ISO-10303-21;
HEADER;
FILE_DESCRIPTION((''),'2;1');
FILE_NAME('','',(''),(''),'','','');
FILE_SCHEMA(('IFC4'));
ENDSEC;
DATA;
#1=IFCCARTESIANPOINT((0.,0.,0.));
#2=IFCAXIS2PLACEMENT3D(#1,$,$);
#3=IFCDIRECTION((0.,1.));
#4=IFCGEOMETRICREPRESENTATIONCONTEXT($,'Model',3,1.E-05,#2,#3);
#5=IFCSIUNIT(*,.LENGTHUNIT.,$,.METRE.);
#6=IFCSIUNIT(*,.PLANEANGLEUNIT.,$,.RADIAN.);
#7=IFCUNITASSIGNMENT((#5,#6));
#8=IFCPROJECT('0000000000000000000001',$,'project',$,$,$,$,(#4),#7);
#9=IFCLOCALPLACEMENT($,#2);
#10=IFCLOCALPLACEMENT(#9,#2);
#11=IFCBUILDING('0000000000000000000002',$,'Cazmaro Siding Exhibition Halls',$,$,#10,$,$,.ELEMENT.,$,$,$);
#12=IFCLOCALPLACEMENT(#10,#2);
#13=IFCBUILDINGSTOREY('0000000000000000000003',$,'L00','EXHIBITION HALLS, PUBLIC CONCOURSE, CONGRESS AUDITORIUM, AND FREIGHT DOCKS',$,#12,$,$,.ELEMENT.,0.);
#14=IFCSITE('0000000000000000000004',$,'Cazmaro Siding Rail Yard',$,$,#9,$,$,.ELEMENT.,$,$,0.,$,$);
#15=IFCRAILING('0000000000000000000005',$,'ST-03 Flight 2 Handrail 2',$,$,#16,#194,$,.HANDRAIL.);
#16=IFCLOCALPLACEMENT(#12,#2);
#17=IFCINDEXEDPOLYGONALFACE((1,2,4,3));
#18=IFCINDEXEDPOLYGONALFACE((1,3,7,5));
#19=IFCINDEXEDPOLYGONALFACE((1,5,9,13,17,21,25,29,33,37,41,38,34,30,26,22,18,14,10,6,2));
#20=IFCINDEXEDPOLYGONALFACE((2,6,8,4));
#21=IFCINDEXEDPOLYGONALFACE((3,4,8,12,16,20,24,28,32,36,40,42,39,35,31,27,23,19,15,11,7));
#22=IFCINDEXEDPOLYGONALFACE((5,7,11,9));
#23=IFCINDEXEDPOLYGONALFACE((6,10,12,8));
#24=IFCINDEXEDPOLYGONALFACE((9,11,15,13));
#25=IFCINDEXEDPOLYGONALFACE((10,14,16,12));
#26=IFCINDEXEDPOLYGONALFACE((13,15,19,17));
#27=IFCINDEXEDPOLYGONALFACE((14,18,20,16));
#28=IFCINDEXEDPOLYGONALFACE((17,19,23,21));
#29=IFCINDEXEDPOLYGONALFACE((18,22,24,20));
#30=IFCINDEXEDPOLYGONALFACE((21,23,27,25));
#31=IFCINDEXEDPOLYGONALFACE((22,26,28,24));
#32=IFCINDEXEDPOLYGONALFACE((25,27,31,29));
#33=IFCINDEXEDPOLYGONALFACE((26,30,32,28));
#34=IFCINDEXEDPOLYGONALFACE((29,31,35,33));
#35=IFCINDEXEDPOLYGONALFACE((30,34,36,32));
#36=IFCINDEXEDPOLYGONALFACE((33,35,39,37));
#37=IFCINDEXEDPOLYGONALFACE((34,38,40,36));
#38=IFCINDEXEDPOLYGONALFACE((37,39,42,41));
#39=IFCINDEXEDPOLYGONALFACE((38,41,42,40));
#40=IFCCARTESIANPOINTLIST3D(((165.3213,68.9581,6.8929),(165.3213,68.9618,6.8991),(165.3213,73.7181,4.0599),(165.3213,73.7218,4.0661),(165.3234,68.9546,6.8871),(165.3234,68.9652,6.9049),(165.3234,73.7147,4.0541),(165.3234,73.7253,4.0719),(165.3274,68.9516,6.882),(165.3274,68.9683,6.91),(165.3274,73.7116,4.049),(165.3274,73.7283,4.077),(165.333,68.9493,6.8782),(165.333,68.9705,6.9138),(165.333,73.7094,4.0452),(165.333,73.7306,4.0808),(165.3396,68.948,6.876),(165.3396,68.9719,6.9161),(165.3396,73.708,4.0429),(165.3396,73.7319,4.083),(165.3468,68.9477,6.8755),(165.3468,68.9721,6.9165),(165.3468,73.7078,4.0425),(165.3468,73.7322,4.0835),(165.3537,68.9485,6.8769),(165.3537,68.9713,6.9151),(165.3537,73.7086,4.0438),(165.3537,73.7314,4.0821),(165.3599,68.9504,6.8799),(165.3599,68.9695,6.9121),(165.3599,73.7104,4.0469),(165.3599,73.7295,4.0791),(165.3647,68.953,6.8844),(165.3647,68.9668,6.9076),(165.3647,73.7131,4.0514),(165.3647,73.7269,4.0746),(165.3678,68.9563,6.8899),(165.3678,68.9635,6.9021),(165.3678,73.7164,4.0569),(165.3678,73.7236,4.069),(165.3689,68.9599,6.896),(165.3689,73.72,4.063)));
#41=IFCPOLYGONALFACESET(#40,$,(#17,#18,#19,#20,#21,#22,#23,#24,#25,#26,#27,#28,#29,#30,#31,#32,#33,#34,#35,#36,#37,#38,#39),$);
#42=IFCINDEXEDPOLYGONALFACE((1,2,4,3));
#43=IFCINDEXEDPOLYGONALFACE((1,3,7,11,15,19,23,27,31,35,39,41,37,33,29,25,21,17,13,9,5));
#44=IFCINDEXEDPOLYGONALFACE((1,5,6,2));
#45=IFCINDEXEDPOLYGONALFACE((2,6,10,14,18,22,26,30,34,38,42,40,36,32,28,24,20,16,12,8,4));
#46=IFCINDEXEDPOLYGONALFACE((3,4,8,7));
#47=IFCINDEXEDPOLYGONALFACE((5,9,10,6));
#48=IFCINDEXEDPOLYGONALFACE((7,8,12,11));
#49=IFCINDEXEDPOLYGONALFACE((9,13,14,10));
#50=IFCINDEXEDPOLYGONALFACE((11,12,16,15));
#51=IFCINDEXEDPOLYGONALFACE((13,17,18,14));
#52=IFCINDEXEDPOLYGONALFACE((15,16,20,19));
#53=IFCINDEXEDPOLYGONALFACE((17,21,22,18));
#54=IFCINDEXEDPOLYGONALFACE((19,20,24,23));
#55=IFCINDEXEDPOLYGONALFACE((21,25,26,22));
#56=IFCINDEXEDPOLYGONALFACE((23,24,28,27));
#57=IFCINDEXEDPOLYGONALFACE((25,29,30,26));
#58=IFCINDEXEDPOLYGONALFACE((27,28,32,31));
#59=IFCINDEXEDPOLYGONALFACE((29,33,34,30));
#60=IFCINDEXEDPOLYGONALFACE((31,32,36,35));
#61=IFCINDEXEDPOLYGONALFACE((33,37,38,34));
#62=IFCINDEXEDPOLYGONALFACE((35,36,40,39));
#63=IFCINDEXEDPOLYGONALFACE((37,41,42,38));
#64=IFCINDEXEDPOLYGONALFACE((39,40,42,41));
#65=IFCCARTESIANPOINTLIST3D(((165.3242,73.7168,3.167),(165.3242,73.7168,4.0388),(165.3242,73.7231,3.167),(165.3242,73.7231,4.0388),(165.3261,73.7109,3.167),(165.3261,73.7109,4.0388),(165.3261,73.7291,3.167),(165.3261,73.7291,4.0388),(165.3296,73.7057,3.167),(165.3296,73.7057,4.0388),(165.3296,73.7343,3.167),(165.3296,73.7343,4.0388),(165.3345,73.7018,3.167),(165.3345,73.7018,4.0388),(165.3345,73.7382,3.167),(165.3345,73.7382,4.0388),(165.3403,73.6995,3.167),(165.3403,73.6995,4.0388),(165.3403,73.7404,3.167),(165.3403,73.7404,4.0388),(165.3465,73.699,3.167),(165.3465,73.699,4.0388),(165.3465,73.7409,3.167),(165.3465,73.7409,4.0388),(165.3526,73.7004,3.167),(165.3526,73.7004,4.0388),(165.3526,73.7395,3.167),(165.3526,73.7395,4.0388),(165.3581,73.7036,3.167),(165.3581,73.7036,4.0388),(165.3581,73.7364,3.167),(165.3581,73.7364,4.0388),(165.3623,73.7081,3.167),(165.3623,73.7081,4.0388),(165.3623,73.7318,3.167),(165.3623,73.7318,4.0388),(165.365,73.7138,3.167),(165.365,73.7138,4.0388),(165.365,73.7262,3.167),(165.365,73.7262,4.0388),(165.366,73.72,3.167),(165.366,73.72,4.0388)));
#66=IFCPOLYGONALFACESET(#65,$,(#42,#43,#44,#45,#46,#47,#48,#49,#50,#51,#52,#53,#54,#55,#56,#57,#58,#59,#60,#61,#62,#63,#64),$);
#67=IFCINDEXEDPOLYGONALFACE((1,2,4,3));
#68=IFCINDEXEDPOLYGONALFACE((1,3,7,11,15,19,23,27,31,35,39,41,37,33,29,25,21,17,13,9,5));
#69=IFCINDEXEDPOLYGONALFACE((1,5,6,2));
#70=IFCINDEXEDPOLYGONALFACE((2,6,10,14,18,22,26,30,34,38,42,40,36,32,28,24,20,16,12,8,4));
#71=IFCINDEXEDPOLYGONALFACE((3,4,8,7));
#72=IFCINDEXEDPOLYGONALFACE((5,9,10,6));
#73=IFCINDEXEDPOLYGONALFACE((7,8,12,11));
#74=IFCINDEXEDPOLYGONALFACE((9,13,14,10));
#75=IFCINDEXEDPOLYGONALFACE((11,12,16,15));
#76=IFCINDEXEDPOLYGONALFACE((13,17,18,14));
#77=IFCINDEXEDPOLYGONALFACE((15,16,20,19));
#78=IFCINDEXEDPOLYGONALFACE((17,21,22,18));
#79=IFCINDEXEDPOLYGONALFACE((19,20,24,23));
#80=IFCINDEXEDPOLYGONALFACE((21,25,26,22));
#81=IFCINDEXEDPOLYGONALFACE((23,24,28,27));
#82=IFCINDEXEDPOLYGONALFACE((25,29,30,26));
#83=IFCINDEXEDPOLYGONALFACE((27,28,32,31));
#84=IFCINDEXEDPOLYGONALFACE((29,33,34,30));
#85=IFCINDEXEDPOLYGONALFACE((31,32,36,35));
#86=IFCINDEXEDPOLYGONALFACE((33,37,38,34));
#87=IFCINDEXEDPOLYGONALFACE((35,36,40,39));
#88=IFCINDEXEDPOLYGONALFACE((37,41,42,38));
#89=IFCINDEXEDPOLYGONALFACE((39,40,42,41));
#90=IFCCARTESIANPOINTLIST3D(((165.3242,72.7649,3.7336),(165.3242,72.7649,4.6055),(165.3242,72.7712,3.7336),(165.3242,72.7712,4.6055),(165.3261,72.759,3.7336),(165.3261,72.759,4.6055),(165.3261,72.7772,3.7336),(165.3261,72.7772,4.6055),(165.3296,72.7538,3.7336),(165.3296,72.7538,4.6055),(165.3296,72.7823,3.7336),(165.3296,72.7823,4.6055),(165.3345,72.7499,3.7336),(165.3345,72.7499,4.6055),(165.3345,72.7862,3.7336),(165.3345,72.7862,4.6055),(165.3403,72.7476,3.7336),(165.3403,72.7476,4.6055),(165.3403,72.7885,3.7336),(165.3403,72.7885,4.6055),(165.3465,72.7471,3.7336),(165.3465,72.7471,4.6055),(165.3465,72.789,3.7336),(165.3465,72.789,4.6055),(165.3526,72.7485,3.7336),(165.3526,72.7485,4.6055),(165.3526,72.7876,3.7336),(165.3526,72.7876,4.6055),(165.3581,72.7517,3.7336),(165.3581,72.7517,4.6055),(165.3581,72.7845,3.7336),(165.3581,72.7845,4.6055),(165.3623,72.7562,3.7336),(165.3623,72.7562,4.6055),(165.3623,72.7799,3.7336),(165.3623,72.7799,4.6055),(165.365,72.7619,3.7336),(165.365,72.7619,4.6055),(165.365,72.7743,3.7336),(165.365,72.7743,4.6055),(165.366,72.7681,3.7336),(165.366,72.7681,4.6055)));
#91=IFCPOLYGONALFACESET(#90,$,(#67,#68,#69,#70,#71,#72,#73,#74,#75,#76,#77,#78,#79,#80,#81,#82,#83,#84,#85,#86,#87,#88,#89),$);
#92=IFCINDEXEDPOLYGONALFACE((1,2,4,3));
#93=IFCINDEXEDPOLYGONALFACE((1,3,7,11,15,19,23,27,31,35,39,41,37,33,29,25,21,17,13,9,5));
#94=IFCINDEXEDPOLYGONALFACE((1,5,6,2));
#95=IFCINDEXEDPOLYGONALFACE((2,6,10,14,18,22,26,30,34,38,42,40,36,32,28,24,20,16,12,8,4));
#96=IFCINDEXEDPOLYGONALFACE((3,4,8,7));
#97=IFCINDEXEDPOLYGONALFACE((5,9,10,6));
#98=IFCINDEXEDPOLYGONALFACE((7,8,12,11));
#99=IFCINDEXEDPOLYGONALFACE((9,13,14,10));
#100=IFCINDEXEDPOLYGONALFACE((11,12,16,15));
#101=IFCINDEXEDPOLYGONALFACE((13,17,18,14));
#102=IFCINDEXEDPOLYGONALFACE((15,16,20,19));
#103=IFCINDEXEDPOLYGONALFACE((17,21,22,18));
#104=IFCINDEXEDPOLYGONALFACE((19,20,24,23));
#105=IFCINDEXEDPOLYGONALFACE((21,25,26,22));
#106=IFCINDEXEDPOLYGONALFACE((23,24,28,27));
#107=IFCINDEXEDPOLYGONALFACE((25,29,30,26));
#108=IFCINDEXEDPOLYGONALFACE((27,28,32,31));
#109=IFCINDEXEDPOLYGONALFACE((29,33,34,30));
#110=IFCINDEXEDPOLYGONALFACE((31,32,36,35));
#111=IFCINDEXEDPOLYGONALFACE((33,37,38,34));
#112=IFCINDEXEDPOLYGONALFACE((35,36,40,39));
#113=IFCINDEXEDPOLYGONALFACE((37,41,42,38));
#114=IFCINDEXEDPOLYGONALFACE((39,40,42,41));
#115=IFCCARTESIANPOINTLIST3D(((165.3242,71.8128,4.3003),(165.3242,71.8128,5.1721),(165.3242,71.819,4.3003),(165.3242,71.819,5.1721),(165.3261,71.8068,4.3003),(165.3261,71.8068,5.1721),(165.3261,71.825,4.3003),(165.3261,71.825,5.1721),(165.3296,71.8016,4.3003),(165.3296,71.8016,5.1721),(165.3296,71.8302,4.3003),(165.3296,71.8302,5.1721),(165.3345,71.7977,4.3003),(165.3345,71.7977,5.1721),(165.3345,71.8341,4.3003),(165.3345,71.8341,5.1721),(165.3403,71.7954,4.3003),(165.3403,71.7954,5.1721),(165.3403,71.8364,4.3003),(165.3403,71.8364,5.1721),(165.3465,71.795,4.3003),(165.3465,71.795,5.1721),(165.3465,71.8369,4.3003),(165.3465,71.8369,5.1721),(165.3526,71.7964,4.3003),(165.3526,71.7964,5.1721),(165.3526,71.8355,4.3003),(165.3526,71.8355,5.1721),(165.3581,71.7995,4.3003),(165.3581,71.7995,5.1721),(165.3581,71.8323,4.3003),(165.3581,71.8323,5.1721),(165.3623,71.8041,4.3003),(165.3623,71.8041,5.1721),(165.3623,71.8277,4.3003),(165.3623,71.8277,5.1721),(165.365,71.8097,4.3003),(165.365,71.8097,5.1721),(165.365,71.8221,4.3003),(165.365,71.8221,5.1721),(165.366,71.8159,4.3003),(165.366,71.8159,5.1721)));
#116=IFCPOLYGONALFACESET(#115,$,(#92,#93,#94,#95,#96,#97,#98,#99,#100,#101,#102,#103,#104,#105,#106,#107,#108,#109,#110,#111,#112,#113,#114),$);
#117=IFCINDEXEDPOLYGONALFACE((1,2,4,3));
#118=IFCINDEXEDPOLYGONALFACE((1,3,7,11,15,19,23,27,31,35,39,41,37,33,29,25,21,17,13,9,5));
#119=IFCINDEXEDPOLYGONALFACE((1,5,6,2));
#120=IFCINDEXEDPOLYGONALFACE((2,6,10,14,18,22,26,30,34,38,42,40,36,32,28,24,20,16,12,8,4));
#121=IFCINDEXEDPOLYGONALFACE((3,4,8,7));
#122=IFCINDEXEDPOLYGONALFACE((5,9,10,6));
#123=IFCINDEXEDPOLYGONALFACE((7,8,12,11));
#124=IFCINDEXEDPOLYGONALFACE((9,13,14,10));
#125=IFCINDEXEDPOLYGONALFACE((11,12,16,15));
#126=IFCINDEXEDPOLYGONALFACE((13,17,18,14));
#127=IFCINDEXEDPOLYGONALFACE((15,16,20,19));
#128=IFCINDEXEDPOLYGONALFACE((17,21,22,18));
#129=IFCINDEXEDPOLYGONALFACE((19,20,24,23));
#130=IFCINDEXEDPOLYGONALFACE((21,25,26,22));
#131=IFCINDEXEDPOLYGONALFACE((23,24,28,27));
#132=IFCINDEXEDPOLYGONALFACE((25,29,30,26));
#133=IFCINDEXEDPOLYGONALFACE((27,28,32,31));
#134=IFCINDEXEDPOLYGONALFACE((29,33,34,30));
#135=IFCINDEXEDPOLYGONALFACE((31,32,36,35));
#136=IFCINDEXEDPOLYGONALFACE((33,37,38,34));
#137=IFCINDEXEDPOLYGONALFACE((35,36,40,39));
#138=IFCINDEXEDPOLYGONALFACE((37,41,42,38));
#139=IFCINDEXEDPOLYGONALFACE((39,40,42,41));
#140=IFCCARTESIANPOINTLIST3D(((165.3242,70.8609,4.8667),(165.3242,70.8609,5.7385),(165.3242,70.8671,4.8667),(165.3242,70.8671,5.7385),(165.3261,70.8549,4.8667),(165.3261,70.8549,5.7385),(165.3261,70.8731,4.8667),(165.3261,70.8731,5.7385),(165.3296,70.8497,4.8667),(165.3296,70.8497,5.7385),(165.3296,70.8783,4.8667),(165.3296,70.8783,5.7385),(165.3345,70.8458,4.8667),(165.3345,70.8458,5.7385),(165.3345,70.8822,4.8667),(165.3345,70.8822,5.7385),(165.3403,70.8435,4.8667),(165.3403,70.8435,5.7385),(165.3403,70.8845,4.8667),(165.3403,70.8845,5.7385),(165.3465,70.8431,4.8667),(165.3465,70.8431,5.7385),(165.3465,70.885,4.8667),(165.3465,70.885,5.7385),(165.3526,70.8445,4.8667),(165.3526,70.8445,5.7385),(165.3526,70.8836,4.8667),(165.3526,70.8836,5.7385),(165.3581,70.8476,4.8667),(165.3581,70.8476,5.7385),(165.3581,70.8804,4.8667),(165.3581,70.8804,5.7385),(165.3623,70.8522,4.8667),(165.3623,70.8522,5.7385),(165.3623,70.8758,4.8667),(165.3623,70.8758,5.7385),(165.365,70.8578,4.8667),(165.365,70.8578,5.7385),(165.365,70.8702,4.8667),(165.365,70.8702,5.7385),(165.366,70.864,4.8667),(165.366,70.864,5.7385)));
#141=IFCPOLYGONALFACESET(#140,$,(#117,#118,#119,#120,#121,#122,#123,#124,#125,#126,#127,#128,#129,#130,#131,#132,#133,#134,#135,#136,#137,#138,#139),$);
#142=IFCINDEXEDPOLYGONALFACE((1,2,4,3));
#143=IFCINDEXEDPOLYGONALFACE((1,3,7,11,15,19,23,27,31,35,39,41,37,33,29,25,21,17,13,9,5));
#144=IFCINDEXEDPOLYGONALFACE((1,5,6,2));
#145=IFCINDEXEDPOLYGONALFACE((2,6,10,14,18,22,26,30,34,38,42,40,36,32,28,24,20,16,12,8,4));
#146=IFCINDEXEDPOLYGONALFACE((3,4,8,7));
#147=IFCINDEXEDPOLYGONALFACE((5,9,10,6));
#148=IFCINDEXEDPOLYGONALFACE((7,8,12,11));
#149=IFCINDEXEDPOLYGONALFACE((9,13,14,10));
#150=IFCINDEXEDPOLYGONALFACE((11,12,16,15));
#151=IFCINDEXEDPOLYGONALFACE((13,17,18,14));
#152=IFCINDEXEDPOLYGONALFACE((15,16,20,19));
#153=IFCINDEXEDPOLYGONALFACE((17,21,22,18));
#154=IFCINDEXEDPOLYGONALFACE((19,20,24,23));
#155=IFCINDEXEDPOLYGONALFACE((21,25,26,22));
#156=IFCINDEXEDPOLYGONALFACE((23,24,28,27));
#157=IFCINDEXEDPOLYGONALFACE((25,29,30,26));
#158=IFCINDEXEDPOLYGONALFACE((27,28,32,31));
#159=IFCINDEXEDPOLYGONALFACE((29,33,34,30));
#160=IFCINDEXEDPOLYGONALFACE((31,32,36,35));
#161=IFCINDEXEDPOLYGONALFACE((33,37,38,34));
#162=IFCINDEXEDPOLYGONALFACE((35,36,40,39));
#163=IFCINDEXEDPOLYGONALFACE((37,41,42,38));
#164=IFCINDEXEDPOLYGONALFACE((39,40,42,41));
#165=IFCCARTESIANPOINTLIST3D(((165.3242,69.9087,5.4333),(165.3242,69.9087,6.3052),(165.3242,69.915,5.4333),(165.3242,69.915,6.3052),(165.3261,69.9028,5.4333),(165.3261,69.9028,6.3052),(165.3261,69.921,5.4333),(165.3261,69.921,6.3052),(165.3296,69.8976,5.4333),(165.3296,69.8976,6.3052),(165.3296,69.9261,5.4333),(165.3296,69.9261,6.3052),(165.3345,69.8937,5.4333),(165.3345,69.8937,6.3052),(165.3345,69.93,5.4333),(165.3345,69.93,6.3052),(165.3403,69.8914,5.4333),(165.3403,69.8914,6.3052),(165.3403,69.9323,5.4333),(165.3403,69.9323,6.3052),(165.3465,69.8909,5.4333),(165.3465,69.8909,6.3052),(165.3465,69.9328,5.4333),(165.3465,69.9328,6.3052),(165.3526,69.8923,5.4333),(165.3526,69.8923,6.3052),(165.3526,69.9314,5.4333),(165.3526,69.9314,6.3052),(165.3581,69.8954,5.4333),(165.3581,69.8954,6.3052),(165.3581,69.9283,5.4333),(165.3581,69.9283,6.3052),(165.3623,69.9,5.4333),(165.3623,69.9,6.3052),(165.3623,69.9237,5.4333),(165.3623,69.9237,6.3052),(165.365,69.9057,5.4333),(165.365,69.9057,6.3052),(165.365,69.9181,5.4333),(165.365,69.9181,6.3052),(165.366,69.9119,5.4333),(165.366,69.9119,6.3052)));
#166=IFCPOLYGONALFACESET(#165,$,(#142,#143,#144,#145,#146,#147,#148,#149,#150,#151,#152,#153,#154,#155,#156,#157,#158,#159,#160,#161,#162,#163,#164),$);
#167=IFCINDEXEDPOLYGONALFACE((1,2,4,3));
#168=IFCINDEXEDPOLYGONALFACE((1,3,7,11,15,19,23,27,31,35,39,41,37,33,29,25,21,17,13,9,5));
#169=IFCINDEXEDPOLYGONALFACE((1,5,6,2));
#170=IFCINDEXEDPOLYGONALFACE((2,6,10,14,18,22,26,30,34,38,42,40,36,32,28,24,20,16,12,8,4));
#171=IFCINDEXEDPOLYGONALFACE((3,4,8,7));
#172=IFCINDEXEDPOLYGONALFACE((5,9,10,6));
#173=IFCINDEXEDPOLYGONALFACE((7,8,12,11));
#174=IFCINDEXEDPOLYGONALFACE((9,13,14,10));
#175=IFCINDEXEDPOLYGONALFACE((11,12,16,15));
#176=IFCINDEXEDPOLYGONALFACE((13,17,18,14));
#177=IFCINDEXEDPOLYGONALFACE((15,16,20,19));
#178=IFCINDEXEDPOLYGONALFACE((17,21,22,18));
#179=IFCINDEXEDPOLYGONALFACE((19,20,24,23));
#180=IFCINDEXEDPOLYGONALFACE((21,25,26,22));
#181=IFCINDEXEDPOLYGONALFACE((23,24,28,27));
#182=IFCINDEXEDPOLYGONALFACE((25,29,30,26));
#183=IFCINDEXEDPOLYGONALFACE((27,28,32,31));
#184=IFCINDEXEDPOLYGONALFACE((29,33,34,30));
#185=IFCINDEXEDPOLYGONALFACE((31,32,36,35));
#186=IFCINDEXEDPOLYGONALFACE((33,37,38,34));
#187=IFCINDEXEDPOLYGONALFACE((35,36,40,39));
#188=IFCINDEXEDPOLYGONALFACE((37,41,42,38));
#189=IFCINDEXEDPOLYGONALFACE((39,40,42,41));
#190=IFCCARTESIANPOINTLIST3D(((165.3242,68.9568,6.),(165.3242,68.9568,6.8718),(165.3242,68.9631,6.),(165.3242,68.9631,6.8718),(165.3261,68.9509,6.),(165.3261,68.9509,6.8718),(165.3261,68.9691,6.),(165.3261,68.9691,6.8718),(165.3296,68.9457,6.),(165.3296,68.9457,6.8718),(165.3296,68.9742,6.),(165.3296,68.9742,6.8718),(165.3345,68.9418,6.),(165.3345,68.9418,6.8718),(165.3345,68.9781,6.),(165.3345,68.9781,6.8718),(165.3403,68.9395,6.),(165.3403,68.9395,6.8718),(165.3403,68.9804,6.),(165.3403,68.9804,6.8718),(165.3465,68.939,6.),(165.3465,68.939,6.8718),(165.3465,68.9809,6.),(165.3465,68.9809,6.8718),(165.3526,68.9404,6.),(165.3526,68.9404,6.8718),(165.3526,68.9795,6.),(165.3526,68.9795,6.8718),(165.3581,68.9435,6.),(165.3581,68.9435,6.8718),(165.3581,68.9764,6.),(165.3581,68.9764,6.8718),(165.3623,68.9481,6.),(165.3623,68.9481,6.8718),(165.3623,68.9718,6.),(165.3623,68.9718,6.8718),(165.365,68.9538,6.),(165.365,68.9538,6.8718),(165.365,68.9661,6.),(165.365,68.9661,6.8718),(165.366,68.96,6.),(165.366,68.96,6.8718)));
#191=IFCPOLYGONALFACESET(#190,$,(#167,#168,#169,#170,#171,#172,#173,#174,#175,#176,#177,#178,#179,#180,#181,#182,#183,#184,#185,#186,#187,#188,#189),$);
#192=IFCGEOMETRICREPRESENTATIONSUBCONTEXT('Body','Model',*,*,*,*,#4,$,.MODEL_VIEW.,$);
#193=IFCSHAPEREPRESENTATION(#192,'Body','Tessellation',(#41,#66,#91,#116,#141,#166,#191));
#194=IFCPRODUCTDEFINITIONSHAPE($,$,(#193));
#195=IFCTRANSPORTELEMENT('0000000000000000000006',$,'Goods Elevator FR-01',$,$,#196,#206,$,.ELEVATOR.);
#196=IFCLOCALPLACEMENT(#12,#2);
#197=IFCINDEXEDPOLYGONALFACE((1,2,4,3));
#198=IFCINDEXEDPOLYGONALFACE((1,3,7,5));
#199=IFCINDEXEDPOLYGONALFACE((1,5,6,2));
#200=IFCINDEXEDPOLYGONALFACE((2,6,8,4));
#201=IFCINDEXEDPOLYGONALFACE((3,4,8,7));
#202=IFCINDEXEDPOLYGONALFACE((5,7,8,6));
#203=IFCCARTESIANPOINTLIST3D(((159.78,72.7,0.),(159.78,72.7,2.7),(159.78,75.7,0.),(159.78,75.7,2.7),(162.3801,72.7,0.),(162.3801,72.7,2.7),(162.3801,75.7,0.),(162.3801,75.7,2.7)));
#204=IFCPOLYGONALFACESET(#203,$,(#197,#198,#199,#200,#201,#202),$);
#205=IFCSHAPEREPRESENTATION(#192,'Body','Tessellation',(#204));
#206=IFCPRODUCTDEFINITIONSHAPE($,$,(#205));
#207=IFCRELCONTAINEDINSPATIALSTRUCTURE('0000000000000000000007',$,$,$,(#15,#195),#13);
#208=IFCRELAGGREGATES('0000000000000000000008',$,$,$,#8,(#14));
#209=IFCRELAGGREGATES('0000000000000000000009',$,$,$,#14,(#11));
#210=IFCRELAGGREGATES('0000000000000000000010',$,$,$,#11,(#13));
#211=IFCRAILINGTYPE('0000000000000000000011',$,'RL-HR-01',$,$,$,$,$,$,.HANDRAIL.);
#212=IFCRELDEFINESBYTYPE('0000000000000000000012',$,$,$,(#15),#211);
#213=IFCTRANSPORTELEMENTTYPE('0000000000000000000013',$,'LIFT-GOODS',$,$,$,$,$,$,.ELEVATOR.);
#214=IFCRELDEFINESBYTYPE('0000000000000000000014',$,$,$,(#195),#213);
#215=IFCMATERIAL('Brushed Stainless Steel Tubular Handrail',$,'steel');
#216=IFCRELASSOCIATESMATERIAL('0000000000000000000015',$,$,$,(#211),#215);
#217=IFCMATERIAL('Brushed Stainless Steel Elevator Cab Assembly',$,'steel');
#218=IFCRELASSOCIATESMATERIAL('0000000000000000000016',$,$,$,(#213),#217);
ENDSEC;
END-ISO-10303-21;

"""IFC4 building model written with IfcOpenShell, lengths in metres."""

from ifc_helpers import new_model, si_unit, direction, frame, origin, origin_2d, place, context, subcontext, project, spatial, rectangle, circle, extrude, material, type_object, element, save


model = new_model("IFC4")

# Units and contexts
model_context = context("Model", 3, precision=1e-05, world=origin(), true_north=direction((0.0, 1.0)))
body_context = subcontext(model_context, "Body", "Model", "MODEL_VIEW")
ifc_project = project(units=[si_unit("LENGTHUNIT", "METRE"), si_unit("PLANEANGLEUNIT", "RADIAN")], contexts=[model_context])

# Site, building, storey
site_placement = place(None, origin())
site = spatial("IfcSite", under=ifc_project, at=site_placement, Name="Cazmaro Siding Rail Yard", CompositionType="ELEMENT", RefElevation=0.0)
building_placement = place(site_placement, origin())
building = spatial("IfcBuilding", under=site, at=building_placement, Name="Cazmaro Siding Exhibition Halls", CompositionType="ELEMENT")
storey_placement = place(building_placement, origin())
storey = spatial("IfcBuildingStorey", under=building, at=storey_placement, Name="L00", Description="EXHIBITION HALLS, PUBLIC CONCOURSE, CONGRESS AUDITORIUM, AND FREIGHT DOCKS", CompositionType="ELEMENT", Elevation=0.0)

# Railing
ifc_material_1 = material(Name="Brushed Stainless Steel Tubular Handrail", Category="steel")
railing_type_1 = type_object("IfcRailingType", Name="RL-HR-01", PredefinedType="HANDRAIL", material=ifc_material_1)
for number, where, name in (
    (1, (165.345, 73.72, 3.167), "ST-03 Flight 2 Handrail 2"),
):
    element("IfcRailing", number, at=place(storey_placement, frame(where)), inside=storey, type_object=railing_type_1, Name=name, PredefinedType="HANDRAIL", context=body_context, shape_type="SweptSolid", body=[
        extrude(circle(Radius=0.0239, at=origin_2d()), frame((0.0, 0.0, 0.896), z_axis=(0.0, -0.859319, 0.51144), x_axis=(1.0, 0.0, 0.0)), (0.0, 0.0, 1.0), 5.5393),
        extrude(circle(Radius=0.021, at=origin_2d()), origin(), (0.0, 0.0, 1.0), 0.8718),
        extrude(circle(Radius=0.021, at=origin_2d()), frame((0.0, -0.9519, 0.5667)), (0.0, 0.0, 1.0), 0.8718),
        extrude(circle(Radius=0.021, at=origin_2d()), frame((0.0, -1.9041, 1.1333)), (0.0, 0.0, 1.0), 0.8718),
        extrude(circle(Radius=0.021, at=origin_2d()), frame((0.0, -2.856, 1.6997)), (0.0, 0.0, 1.0), 0.8718),
        extrude(circle(Radius=0.021, at=origin_2d()), frame((0.0, -3.8081, 2.2664)), (0.0, 0.0, 1.0), 0.8718),
        extrude(circle(Radius=0.021, at=origin_2d()), frame((0.0, -4.76, 2.833)), (0.0, 0.0, 1.0), 0.8718),
    ])

# Transport element
ifc_material_2 = material(Name="Brushed Stainless Steel Elevator Cab Assembly", Category="steel")
transport_element_type = type_object("IfcTransportElementType", Name="LIFT-GOODS", PredefinedType="ELEVATOR", material=ifc_material_2)
transport_element_placement = place(storey_placement, frame((161.0801, 74.2, 0.0), z_axis=(0.0, 0.0, 1.0), x_axis=(1.0, 0.0, 0.0)))
element("IfcTransportElement", 2, at=transport_element_placement, inside=storey, type_object=transport_element_type, Name="Goods Elevator FR-01", PredefinedType="ELEVATOR", context=body_context, shape_type="SweptSolid", body=[
    extrude(rectangle(XDim=2.6001, YDim=3.0, at=origin_2d()), origin(), (0.0, 0.0, 1.0), 2.7),
])

save(model, "model.ifc")
